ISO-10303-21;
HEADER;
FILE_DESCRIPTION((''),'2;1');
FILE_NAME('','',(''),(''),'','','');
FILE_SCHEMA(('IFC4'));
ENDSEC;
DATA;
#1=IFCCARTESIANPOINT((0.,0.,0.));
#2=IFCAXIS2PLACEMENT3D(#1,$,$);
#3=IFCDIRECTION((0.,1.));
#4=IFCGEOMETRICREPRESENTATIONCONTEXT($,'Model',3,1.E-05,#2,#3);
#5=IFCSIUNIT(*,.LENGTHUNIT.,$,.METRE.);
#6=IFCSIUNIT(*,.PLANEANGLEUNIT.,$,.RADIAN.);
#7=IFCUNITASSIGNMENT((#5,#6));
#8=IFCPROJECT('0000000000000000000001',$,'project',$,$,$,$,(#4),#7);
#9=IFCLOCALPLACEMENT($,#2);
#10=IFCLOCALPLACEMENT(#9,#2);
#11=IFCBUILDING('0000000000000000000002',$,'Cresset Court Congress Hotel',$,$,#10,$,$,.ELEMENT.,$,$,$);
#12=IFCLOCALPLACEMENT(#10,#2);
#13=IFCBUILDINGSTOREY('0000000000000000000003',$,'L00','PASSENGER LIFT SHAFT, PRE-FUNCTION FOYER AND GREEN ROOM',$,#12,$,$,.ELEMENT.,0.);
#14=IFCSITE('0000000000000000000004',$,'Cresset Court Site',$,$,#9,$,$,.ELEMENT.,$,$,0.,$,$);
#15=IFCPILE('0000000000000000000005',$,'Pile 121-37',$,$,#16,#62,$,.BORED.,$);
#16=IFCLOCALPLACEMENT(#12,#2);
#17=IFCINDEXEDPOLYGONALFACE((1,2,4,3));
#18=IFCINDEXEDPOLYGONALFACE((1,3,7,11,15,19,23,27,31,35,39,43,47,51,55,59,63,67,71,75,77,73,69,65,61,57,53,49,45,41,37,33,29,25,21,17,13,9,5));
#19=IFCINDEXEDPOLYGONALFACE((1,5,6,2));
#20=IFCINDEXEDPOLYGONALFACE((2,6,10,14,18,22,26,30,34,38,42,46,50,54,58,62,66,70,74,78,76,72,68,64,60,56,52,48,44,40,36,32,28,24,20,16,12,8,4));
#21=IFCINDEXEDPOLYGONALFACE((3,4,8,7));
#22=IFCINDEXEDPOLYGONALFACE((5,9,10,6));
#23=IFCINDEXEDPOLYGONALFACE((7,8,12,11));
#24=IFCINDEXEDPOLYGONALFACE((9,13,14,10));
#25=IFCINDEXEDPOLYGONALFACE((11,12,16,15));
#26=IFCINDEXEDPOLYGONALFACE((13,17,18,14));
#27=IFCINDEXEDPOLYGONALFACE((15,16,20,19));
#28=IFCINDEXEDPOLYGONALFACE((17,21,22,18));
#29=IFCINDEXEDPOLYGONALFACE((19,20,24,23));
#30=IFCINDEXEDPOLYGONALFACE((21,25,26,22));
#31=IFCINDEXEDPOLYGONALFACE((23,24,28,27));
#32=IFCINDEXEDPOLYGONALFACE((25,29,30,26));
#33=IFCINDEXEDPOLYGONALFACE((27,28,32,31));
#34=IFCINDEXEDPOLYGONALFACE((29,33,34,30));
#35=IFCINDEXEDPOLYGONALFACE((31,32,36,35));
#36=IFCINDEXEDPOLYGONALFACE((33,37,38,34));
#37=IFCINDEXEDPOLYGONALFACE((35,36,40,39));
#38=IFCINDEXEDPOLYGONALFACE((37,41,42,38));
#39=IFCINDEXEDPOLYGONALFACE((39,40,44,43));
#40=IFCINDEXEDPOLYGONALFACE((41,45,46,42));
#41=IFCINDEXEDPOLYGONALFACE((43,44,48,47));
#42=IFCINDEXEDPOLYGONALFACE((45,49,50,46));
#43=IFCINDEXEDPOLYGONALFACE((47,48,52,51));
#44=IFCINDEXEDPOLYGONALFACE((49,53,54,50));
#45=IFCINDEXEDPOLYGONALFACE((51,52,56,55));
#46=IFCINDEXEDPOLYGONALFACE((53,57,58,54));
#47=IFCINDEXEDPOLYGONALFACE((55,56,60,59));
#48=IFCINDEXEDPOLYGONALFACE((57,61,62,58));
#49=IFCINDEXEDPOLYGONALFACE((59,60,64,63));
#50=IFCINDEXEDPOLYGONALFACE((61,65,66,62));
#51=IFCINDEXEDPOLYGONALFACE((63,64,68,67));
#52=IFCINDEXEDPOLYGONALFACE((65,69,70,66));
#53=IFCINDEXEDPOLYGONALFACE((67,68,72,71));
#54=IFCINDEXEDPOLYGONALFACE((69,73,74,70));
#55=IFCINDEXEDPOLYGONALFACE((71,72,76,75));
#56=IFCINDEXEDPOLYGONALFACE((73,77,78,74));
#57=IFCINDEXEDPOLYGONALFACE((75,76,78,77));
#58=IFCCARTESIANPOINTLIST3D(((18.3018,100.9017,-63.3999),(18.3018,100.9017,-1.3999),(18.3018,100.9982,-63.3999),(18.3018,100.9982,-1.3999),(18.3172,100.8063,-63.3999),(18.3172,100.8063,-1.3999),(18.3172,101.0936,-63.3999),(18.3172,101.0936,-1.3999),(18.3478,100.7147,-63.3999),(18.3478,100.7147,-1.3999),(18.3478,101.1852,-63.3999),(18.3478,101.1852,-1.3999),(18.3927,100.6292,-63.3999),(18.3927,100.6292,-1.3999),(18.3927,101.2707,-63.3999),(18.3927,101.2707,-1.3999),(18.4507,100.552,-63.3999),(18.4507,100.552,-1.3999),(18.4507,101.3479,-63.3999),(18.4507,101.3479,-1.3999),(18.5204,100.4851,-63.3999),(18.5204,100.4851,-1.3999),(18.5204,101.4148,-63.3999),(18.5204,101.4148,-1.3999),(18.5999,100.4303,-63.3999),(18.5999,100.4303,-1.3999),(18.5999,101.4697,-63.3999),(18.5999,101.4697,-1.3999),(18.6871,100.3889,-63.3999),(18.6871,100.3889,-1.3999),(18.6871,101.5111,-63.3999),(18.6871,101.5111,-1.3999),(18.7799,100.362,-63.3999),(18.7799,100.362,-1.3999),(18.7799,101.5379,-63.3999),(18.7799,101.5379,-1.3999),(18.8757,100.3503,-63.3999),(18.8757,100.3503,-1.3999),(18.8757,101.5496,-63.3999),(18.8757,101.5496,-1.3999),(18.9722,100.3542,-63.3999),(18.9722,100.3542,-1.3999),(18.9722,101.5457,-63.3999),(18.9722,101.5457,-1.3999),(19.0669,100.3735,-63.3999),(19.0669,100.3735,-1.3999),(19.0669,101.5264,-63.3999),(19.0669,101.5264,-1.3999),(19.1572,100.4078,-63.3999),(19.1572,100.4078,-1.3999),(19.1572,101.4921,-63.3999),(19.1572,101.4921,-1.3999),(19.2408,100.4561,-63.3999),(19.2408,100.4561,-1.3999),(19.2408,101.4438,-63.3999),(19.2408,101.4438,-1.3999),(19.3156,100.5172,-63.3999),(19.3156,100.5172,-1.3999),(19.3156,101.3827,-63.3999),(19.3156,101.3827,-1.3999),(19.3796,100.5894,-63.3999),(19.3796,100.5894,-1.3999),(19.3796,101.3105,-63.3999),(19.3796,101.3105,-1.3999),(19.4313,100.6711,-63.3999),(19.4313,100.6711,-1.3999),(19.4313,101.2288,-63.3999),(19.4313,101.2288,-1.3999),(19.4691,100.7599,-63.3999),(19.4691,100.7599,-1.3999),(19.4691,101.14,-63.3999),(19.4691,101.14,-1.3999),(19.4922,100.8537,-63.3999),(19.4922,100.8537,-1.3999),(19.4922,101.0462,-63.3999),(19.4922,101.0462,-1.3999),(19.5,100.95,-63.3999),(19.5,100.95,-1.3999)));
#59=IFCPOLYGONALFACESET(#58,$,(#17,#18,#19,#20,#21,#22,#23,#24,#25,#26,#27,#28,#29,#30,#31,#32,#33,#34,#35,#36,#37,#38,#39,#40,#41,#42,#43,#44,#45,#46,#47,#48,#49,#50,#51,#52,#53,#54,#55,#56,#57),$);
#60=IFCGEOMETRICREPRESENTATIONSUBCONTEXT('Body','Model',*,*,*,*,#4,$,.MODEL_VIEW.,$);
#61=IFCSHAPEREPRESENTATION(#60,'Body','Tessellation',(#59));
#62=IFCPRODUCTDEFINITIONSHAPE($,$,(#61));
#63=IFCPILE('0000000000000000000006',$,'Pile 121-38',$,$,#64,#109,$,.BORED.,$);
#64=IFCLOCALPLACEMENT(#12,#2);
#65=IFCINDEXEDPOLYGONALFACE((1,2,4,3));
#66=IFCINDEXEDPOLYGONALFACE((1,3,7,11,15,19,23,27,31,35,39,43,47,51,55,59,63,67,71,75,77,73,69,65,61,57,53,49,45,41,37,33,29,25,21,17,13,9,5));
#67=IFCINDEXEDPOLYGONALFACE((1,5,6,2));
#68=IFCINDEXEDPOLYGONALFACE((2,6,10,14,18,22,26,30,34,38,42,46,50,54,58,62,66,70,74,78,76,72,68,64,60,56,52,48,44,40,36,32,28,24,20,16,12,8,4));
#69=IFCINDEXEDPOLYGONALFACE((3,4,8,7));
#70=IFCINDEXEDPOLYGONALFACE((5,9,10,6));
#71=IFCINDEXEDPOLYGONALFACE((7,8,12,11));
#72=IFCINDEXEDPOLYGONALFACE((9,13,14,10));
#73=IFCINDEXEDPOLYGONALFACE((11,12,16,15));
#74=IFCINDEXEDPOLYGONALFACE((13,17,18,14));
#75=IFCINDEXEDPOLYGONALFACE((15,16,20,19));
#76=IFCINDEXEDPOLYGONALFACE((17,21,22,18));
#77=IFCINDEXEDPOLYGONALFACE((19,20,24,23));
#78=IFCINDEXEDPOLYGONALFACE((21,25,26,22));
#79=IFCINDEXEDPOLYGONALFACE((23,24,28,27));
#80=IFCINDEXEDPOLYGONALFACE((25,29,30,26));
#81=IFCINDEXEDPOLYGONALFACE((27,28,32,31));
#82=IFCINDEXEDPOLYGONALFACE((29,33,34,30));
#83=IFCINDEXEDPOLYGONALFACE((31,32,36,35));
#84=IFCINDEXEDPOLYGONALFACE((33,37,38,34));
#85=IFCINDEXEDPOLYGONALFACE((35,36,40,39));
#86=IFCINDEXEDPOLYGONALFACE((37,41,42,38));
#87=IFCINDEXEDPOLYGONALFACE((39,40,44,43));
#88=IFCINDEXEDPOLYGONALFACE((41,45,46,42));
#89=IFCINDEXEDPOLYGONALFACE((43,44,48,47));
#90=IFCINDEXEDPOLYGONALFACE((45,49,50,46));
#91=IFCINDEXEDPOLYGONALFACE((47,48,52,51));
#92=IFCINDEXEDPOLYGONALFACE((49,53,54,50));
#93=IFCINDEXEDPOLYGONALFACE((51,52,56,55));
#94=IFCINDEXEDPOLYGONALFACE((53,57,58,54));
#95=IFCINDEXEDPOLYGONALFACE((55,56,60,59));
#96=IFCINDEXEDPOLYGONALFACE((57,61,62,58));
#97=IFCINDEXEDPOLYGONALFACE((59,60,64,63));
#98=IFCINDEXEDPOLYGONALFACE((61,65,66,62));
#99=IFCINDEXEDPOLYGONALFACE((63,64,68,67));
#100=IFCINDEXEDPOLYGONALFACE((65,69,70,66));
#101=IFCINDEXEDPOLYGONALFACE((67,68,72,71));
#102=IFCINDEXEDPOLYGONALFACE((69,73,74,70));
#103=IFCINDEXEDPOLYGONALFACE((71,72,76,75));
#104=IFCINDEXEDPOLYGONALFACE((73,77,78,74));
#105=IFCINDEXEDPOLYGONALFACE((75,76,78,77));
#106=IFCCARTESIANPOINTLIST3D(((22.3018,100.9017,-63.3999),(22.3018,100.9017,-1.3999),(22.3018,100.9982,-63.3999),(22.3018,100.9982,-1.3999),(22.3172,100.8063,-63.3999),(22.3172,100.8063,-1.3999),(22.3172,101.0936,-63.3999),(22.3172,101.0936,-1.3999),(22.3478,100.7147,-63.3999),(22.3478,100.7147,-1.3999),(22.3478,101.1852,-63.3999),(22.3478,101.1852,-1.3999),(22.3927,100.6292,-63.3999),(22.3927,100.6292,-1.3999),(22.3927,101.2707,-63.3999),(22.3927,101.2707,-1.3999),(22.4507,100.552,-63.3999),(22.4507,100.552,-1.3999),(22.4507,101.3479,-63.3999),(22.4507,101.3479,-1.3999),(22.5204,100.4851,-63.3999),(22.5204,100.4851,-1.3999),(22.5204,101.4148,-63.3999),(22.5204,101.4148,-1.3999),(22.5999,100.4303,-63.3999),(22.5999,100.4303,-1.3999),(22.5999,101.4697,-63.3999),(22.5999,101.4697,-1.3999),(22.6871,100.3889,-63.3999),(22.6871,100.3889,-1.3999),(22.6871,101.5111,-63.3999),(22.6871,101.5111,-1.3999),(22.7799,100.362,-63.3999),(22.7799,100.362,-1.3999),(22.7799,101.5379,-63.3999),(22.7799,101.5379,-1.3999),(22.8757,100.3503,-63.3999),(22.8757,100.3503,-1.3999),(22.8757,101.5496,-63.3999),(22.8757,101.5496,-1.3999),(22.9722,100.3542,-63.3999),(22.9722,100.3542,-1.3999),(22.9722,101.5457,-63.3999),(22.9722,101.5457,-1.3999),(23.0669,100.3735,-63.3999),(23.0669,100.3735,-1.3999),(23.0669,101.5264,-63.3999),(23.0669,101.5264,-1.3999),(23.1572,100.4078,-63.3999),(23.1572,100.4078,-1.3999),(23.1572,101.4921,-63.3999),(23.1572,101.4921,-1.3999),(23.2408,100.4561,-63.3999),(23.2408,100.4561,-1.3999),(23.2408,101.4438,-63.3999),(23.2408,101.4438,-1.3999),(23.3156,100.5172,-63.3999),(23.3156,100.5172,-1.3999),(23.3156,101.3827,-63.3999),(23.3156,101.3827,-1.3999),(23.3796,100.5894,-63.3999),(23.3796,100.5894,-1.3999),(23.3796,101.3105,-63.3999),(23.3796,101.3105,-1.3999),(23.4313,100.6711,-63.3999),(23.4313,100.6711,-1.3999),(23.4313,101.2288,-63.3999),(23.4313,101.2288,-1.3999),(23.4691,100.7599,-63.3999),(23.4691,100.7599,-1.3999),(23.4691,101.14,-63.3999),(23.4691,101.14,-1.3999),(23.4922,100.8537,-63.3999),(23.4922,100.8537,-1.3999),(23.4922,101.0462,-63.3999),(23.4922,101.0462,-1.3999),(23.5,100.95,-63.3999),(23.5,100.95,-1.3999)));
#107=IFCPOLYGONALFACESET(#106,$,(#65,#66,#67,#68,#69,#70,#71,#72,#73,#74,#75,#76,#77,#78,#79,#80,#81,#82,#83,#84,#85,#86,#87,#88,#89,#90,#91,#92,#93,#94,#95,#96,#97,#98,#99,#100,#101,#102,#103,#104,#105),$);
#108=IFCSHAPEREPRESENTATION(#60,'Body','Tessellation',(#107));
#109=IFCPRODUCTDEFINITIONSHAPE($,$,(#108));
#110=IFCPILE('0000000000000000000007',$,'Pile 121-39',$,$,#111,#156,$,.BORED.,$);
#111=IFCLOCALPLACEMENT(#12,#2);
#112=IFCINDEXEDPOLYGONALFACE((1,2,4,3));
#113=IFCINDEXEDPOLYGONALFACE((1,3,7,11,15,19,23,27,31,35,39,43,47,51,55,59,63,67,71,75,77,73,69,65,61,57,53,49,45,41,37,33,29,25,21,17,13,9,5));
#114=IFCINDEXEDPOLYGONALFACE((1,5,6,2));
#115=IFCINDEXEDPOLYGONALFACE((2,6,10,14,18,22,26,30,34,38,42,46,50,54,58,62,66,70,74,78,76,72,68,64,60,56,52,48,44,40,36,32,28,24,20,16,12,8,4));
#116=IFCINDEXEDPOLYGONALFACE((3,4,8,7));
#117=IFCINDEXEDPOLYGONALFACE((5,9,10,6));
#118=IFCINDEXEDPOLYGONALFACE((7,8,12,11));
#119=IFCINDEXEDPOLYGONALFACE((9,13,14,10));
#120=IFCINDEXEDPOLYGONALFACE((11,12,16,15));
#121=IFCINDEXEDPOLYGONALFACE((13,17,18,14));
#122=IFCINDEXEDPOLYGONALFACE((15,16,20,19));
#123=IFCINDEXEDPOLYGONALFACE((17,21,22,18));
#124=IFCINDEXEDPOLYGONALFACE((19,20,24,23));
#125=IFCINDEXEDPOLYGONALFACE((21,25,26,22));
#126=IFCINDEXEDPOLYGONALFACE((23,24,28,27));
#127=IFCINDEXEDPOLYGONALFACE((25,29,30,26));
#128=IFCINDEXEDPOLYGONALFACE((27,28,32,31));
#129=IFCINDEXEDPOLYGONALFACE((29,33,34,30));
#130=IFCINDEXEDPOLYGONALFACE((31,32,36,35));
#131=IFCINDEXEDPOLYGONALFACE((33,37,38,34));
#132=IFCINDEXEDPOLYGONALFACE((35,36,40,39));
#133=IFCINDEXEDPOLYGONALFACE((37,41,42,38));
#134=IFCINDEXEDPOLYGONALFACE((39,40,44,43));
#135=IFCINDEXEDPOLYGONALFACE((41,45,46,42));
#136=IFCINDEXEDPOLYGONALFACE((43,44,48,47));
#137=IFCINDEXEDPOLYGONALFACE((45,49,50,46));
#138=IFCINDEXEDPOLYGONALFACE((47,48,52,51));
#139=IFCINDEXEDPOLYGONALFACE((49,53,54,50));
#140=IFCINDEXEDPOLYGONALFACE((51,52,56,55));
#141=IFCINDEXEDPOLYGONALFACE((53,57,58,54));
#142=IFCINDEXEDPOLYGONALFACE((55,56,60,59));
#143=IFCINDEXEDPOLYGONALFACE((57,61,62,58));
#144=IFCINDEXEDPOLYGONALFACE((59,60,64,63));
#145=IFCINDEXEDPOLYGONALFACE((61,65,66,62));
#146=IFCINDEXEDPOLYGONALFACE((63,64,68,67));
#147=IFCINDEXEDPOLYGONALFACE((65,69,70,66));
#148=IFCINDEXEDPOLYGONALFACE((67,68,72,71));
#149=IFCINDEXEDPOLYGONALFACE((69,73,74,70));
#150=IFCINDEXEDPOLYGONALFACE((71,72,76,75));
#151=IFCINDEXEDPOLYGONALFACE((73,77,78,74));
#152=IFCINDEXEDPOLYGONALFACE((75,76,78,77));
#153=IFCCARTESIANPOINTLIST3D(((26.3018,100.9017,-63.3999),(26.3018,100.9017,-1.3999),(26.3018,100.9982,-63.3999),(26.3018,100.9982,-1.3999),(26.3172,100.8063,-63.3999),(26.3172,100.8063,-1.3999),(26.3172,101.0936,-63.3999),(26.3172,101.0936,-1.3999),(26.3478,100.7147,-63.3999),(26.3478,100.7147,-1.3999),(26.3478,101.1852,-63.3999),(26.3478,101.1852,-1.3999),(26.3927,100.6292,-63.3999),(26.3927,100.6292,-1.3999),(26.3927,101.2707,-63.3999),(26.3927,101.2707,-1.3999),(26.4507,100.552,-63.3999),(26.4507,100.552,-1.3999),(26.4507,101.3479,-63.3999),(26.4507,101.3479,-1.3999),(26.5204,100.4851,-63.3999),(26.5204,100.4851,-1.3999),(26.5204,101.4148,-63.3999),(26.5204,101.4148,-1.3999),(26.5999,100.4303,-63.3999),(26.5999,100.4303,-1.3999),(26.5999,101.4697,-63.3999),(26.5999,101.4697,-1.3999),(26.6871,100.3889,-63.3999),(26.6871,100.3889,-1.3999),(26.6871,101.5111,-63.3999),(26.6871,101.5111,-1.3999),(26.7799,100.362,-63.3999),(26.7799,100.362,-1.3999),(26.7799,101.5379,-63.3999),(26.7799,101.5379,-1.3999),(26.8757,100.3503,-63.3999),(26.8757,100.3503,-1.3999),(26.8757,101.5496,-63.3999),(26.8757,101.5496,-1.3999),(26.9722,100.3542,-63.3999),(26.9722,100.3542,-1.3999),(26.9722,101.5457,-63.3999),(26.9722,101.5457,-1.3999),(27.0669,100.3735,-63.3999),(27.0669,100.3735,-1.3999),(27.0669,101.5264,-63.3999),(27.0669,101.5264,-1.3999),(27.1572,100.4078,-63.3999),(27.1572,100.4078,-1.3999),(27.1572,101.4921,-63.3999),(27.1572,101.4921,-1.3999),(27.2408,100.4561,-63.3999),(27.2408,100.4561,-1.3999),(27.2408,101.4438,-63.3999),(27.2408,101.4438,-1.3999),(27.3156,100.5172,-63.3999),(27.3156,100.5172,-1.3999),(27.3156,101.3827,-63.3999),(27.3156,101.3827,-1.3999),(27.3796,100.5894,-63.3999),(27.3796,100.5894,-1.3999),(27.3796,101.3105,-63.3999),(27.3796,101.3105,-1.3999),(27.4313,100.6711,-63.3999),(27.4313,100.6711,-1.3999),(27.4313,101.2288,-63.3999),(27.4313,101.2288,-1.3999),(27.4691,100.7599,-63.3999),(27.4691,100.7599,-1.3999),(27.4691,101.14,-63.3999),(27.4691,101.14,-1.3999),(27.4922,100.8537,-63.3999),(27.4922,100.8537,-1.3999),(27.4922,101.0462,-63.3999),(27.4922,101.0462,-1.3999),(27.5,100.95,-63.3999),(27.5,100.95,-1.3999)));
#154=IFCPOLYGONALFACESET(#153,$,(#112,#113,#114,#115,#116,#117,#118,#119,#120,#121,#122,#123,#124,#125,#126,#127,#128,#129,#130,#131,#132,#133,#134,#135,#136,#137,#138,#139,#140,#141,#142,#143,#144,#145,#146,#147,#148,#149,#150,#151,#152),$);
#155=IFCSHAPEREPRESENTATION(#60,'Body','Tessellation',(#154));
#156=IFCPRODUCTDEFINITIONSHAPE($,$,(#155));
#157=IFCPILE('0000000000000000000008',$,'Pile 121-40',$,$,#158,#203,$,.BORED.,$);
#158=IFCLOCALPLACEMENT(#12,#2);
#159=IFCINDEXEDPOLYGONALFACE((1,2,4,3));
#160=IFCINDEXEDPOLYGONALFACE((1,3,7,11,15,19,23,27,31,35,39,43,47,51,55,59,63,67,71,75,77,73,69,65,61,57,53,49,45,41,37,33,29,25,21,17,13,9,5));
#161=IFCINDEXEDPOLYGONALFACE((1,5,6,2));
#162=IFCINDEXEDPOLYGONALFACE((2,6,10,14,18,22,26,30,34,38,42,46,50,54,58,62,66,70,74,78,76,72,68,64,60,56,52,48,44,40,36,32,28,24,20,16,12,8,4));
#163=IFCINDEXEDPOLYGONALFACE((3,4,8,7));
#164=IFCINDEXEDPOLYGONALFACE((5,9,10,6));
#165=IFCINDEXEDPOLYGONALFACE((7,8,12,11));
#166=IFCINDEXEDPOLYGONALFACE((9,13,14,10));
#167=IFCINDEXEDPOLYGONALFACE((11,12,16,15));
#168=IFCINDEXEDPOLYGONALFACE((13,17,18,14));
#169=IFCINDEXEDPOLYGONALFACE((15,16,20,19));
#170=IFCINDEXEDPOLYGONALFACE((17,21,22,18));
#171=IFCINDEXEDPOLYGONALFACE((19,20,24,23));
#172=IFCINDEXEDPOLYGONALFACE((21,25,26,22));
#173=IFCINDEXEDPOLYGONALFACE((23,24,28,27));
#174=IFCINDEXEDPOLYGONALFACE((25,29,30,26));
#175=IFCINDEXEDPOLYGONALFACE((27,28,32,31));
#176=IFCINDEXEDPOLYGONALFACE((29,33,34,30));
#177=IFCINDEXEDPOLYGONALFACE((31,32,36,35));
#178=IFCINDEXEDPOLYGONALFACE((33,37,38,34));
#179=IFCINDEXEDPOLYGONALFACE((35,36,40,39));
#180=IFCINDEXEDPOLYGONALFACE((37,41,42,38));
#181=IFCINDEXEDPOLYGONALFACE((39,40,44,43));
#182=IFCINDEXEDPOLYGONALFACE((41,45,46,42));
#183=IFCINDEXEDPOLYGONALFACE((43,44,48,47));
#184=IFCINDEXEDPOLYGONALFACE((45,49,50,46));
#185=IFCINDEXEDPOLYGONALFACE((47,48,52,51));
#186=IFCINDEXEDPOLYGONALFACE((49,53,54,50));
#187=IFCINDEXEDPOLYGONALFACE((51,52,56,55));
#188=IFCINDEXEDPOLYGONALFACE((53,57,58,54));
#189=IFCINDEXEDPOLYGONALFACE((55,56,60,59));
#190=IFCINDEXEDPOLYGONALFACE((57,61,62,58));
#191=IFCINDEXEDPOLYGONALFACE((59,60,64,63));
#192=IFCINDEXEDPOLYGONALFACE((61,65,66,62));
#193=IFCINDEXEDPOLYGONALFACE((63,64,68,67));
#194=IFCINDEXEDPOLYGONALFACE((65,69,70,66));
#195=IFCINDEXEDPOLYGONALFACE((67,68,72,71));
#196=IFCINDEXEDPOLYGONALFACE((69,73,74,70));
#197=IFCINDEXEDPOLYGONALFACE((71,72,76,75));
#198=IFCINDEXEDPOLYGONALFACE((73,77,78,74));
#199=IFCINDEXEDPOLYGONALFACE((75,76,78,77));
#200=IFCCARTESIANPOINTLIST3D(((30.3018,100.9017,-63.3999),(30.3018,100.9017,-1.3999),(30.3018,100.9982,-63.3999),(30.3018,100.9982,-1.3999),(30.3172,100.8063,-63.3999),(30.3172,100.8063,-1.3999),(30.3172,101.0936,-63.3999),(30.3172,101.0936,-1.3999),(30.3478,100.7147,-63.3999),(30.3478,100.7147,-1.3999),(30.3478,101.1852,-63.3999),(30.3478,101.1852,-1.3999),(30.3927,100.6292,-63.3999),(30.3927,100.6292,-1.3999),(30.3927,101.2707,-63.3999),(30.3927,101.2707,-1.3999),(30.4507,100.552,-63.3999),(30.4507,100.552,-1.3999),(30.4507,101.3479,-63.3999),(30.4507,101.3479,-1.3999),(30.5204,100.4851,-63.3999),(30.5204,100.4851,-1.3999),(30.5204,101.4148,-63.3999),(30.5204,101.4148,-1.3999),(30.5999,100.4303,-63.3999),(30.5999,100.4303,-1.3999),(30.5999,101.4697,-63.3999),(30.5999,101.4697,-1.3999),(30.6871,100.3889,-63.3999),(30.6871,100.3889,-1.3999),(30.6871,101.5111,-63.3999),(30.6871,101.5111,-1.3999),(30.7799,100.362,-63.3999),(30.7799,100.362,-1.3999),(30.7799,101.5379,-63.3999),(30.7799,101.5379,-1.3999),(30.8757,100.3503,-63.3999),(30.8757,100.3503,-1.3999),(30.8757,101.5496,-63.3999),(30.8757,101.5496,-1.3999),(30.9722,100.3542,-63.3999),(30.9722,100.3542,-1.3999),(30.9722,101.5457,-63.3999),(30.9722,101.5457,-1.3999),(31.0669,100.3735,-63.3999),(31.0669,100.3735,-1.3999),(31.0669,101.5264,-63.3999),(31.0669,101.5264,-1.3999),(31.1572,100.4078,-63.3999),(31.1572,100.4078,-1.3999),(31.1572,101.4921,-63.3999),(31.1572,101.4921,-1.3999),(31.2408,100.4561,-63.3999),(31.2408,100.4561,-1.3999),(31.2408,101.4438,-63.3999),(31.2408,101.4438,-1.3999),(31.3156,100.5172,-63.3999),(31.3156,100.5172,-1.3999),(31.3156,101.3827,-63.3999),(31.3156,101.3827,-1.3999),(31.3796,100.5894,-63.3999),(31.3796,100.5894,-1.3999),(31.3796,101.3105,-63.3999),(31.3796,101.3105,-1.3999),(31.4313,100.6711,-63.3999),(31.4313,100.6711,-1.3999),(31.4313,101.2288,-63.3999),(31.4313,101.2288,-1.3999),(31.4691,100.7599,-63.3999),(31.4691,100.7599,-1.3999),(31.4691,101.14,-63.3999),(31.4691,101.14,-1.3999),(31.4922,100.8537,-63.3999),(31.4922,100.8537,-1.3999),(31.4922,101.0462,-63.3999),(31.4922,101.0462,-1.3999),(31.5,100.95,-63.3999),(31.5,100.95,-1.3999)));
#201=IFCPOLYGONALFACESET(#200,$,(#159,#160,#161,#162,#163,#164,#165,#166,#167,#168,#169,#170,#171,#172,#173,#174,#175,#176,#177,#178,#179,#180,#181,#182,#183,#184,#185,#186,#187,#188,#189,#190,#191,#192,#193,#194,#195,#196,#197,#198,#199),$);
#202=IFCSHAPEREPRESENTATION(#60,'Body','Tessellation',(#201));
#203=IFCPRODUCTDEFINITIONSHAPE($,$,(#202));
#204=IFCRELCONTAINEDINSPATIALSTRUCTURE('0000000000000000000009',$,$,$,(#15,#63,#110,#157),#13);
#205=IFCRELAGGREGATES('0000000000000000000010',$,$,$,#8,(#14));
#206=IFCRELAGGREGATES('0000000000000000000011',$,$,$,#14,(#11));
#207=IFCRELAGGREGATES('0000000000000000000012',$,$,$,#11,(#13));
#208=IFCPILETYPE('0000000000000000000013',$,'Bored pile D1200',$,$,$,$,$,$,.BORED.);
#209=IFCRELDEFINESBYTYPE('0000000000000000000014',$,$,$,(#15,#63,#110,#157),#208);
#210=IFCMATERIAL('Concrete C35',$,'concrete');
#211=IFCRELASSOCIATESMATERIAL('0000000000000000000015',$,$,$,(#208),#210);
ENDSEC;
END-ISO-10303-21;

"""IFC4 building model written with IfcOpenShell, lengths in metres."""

from ifc_helpers import new_model, si_unit, direction, frame, origin, origin_2d, place, context, subcontext, project, spatial, circle, extrude, material, type_object, element, save


model = new_model("IFC4")

# Units and contexts
model_context = context("Model", 3, precision=1e-05, world=origin(), true_north=direction((0.0, 1.0)))
body_context = subcontext(model_context, "Body", "Model", "MODEL_VIEW")
ifc_project = project(units=[si_unit("LENGTHUNIT", "METRE"), si_unit("PLANEANGLEUNIT", "RADIAN")], contexts=[model_context])

# Site, building, storey
site_placement = place(None, origin())
site = spatial("IfcSite", under=ifc_project, at=site_placement, Name="Cresset Court Site", CompositionType="ELEMENT", RefElevation=0.0)
building_placement = place(site_placement, origin())
building = spatial("IfcBuilding", under=site, at=building_placement, Name="Cresset Court Congress Hotel", CompositionType="ELEMENT")
storey_placement = place(building_placement, origin())
storey = spatial("IfcBuildingStorey", under=building, at=storey_placement, Name="L00", Description="PASSENGER LIFT SHAFT, PRE-FUNCTION FOYER AND GREEN ROOM", CompositionType="ELEMENT", Elevation=0.0)

# Piles
ifc_material_1 = material(Name="Concrete C35", Category="concrete")
pile_type = type_object("IfcPileType", Name="Bored pile D1200", PredefinedType="BORED", material=ifc_material_1)
for number, where, z_axis, x_axis, name in (
    (1, (18.8999, 100.95, -1.3999), (0.0, 0.0, -1.0), (1.0, 0.0, 0.0), "Pile 121-37"),
    (2, (22.8999, 100.95, -1.3999), (0.0, 0.0, -1.0), (1.0, 0.0, 0.0), "Pile 121-38"),
    (3, (26.8999, 100.95, -1.3999), (0.0, 0.0, -1.0), (1.0, 0.0, 0.0), "Pile 121-39"),
    (4, (30.8999, 100.95, -1.3999), (0.0, 0.0, -1.0), (1.0, 0.0, 0.0), "Pile 121-40"),
):
    element("IfcPile", number, at=place(storey_placement, frame(where, z_axis=z_axis, x_axis=x_axis)), inside=storey, type_object=pile_type, Name=name, PredefinedType="BORED", context=body_context, shape_type="SweptSolid", body=[
        extrude(circle(Radius=0.6001, at=origin_2d()), origin(), (0.0, 0.0, 1.0), 62.0),
    ])

save(model, "model.ifc")
